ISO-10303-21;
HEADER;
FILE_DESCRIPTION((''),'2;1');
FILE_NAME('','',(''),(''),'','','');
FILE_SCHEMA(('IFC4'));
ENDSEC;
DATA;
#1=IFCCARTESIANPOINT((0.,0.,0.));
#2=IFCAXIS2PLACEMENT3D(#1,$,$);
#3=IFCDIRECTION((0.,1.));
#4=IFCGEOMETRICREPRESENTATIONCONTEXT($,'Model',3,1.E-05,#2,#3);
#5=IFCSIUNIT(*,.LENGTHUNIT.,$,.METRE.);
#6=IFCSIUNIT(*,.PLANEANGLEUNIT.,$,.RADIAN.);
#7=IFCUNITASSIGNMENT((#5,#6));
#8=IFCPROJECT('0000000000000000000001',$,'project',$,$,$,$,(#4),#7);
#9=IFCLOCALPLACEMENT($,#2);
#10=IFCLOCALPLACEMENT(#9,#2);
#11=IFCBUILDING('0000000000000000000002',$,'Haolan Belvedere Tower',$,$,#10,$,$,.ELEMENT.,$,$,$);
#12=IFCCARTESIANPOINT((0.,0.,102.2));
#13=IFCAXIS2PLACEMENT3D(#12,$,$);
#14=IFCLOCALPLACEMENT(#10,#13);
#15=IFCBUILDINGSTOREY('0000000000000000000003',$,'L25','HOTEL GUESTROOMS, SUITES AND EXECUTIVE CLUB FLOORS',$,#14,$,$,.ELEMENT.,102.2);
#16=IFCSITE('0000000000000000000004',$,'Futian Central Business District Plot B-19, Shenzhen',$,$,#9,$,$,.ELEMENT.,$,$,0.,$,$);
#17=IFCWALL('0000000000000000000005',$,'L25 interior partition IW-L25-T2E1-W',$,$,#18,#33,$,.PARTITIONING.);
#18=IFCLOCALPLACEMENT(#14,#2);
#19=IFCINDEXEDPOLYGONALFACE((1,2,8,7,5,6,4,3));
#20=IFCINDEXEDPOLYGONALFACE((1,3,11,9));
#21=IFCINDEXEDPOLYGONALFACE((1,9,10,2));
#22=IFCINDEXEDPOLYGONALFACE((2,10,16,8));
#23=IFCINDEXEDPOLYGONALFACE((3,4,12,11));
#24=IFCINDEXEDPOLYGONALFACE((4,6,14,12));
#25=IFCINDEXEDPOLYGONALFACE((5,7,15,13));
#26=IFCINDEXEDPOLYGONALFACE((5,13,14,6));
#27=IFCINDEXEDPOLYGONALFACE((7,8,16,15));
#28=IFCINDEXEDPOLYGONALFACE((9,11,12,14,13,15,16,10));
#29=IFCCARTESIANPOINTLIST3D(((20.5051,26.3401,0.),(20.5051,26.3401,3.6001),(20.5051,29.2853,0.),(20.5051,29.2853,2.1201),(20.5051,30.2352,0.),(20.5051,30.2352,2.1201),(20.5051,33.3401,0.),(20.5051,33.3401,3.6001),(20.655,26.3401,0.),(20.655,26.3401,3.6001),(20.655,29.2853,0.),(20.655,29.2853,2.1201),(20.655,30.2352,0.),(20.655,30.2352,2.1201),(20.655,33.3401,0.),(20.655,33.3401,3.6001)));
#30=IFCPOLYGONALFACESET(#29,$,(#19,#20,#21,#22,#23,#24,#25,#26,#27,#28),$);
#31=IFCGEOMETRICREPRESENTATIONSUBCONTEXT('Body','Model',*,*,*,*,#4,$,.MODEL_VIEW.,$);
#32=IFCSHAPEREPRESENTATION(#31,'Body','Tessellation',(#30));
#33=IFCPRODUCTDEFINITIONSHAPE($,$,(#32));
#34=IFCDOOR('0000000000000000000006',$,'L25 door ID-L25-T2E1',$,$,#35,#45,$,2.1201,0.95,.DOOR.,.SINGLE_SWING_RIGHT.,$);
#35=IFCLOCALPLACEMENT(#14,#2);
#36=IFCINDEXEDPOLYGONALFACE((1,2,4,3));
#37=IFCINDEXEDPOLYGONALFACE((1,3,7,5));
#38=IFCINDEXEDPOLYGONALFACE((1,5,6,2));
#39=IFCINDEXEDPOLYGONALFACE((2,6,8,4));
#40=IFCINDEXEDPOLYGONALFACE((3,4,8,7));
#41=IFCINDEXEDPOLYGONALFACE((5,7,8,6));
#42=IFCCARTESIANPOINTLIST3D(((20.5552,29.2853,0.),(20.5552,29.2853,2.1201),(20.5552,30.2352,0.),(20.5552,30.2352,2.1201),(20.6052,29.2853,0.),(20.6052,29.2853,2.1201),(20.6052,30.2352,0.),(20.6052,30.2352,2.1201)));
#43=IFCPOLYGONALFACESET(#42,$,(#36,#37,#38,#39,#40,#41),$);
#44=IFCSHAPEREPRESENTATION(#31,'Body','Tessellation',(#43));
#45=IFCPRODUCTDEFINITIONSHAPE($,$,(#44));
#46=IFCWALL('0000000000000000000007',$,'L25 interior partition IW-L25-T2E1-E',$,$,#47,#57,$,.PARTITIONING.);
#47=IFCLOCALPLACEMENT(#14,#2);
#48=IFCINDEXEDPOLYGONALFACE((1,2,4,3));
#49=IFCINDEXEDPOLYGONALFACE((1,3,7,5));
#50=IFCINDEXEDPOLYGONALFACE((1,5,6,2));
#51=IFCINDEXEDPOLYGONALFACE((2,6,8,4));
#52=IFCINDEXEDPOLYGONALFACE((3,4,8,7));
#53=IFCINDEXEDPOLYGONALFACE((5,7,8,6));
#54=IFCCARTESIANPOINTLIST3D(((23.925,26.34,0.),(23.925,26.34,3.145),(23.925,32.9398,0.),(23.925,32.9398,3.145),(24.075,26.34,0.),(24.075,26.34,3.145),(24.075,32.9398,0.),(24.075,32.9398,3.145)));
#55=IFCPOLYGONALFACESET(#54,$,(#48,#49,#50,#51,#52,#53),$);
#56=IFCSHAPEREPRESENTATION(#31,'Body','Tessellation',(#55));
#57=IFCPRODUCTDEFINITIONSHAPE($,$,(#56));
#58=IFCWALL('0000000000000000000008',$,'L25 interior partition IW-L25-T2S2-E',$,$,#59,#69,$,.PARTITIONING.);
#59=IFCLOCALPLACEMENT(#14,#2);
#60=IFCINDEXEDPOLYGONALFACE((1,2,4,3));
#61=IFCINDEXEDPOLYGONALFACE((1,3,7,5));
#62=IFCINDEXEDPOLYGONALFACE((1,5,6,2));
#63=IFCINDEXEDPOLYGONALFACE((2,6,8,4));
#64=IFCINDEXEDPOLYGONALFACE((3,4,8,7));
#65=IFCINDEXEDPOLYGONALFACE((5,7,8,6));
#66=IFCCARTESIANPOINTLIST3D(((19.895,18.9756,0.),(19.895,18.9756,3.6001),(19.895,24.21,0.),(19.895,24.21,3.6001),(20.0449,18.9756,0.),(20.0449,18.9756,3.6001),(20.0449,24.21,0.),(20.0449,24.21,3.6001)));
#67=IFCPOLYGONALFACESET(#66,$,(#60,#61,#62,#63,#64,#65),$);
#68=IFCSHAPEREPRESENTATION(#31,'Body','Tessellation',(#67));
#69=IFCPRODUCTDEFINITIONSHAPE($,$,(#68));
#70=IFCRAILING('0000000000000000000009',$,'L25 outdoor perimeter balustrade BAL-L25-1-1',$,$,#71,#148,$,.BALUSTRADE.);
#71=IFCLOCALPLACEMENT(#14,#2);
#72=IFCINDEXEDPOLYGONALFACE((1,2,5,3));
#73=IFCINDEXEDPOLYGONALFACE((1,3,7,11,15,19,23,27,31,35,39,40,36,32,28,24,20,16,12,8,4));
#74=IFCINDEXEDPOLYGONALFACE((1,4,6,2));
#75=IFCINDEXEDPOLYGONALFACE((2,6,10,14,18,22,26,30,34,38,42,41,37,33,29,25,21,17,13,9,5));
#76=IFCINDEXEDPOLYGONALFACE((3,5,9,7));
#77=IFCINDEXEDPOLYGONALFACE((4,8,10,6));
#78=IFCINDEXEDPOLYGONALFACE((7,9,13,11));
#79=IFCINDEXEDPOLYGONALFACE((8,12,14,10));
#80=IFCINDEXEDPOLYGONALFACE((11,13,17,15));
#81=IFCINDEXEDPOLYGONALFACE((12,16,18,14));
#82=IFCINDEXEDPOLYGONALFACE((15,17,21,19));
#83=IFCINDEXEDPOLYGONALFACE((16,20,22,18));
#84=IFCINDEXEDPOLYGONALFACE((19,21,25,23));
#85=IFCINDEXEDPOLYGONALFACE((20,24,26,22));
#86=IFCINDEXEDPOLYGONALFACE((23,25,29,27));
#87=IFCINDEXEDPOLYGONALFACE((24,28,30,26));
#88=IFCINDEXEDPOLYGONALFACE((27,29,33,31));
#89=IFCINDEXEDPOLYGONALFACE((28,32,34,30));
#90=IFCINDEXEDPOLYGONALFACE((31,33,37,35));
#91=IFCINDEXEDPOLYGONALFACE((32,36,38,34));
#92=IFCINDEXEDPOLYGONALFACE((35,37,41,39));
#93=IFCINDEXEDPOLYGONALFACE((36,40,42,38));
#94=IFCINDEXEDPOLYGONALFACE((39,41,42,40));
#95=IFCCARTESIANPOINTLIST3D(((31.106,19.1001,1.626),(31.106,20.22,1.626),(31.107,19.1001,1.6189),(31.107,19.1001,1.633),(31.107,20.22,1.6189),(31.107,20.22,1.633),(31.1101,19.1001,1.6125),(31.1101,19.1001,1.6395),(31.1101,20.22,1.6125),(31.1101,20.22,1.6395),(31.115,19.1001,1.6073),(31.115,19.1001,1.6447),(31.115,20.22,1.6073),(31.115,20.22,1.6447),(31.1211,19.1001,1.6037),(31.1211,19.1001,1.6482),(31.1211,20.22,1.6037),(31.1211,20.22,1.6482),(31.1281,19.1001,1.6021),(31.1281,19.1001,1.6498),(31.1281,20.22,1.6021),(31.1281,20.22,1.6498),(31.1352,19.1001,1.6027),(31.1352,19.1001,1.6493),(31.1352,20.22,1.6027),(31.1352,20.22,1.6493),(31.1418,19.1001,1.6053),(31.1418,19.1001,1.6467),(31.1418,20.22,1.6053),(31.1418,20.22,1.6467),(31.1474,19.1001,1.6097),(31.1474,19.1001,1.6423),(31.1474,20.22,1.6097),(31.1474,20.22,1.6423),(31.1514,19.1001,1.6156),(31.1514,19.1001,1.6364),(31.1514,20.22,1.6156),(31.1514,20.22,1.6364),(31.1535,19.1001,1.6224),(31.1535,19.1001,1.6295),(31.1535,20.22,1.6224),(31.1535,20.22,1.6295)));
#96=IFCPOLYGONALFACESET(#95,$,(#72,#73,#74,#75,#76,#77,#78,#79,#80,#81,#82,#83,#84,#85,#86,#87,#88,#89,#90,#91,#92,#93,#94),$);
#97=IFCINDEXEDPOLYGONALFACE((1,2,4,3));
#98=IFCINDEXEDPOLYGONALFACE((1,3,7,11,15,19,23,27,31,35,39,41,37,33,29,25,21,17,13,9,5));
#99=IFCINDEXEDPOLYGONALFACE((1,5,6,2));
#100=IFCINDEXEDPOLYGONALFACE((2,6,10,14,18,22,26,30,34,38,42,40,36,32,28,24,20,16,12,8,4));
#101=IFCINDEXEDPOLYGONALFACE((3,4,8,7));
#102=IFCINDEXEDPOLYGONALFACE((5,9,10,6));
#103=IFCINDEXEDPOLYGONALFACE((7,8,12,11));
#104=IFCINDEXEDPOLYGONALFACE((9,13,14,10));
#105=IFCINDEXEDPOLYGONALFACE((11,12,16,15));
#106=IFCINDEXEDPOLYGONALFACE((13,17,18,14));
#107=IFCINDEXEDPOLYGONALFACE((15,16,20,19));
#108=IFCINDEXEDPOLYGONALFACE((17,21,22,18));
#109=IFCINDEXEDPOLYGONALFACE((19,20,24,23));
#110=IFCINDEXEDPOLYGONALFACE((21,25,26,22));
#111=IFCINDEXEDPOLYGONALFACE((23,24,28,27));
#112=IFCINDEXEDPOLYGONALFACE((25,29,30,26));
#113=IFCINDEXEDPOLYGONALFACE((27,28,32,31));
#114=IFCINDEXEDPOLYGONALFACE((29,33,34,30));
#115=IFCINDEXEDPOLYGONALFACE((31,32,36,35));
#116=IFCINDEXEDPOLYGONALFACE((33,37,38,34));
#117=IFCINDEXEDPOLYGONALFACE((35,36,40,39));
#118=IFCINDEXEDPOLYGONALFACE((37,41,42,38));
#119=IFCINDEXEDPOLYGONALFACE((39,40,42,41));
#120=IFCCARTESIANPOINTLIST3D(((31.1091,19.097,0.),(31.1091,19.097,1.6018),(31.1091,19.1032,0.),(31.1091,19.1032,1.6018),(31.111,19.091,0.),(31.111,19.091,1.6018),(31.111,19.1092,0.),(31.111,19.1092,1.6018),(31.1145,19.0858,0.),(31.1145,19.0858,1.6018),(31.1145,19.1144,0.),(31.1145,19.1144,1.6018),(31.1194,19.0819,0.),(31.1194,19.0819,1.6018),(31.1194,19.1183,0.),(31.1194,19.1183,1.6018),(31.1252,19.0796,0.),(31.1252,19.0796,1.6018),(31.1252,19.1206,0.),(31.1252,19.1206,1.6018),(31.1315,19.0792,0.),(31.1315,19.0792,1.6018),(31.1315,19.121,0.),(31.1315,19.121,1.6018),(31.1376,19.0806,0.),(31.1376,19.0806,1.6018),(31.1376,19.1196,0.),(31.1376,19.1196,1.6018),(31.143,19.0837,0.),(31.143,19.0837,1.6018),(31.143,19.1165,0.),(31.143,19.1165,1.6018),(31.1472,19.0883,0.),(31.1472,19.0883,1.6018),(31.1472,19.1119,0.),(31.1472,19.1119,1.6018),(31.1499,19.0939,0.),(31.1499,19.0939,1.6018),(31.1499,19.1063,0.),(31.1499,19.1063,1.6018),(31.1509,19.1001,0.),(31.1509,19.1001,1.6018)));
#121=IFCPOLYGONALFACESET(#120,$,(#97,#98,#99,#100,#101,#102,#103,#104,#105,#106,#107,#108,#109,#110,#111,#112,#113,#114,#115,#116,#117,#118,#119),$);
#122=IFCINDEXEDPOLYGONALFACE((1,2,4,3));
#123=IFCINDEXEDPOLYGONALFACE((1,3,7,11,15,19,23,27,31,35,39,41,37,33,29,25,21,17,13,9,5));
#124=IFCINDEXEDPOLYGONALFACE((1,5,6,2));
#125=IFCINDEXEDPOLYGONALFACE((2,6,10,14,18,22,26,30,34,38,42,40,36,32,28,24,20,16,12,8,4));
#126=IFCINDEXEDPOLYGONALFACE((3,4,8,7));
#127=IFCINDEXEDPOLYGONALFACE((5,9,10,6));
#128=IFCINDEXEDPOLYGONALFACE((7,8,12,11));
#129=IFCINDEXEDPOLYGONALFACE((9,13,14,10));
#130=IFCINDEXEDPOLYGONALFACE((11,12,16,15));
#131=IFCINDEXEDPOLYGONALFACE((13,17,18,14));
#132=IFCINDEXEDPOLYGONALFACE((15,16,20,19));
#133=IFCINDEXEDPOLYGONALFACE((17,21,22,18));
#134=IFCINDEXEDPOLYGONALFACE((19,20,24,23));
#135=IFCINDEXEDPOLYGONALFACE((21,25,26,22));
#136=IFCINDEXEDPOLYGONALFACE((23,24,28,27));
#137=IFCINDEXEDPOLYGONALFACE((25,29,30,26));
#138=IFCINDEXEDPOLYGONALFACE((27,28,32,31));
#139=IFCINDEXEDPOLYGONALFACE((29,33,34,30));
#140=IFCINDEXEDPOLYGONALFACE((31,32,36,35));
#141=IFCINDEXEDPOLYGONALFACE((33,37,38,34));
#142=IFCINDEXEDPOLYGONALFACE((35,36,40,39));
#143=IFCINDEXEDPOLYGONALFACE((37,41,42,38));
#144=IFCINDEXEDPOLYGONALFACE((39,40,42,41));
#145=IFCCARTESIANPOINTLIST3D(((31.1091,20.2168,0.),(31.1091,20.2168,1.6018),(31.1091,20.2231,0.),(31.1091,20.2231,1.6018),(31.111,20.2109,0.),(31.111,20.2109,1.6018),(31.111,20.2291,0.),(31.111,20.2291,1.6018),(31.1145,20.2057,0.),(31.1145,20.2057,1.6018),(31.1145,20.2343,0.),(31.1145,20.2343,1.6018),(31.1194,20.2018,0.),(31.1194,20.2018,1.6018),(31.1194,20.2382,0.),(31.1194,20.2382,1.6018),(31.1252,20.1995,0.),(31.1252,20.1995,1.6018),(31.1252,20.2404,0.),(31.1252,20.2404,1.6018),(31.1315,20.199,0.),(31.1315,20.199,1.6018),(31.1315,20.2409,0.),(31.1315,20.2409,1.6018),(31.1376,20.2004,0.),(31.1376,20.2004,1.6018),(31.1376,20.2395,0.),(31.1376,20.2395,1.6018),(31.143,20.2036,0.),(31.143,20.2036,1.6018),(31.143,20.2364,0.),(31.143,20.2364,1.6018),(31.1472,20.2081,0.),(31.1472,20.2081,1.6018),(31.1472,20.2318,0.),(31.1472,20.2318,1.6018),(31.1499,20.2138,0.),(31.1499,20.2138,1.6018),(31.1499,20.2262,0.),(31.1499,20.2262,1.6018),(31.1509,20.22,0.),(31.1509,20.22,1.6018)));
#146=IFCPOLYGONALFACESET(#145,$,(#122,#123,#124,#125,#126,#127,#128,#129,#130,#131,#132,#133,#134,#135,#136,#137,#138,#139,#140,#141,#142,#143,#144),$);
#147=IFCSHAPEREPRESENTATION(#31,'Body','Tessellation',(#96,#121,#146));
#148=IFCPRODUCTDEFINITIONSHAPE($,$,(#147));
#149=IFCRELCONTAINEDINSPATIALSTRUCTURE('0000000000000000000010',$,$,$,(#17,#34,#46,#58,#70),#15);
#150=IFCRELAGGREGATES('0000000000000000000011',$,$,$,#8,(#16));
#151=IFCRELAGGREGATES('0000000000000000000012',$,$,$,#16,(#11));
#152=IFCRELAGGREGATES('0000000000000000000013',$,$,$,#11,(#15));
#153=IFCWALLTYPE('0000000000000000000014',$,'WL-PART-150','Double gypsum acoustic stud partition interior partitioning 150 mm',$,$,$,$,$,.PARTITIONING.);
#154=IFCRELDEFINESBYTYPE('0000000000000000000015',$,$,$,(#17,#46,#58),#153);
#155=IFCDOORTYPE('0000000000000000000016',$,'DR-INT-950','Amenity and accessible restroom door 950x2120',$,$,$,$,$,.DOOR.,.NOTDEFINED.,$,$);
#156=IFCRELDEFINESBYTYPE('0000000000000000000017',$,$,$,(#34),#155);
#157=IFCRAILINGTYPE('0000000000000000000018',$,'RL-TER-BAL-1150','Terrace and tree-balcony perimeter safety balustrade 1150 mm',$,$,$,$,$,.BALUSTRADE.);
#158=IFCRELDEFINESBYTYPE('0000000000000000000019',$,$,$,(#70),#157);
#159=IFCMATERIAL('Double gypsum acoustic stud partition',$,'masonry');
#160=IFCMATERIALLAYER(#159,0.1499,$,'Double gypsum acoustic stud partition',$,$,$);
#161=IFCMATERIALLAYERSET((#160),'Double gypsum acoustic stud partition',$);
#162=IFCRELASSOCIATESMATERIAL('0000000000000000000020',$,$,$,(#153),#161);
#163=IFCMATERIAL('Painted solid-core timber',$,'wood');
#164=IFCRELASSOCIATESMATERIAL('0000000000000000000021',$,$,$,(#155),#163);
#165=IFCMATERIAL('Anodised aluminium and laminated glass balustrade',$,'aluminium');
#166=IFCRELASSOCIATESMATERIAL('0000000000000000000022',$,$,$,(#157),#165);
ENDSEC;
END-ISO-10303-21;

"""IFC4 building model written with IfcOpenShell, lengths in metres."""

from ifc_helpers import new_model, si_unit, direction, frame, frame_2d, origin, origin_2d, place, context, subcontext, project, spatial, rectangle, circle, extrude, material, layer, layer_set, type_object, element, fill, save


model = new_model("IFC4")

# Units and contexts
model_context = context("Model", 3, precision=1e-05, world=origin(), true_north=direction((0.0, 1.0)))
body_context = subcontext(model_context, "Body", "Model", "MODEL_VIEW")
ifc_project = project(units=[si_unit("LENGTHUNIT", "METRE"), si_unit("PLANEANGLEUNIT", "RADIAN")], contexts=[model_context])

# Site, building, storey
site_placement = place(None, origin())
site = spatial("IfcSite", under=ifc_project, at=site_placement, Name="Futian Central Business District Plot B-19, Shenzhen", CompositionType="ELEMENT", RefElevation=0.0)
building_placement = place(site_placement, origin())
building = spatial("IfcBuilding", under=site, at=building_placement, Name="Haolan Belvedere Tower", CompositionType="ELEMENT")
storey_placement = place(building_placement, frame((0.0, 0.0, 102.2)))
storey = spatial("IfcBuildingStorey", under=building, at=storey_placement, Name="L25", Description="HOTEL GUESTROOMS, SUITES AND EXECUTIVE CLUB FLOORS", CompositionType="ELEMENT", Elevation=102.2)

# Shared definitions
ifc_material_1 = material(Name="Double gypsum acoustic stud partition", Category="masonry")
ifc_layer_1 = layer(ifc_material_1, 0.1499, Name="Double gypsum acoustic stud partition")
ifc_layer_set_1 = layer_set([ifc_layer_1], Name="Double gypsum acoustic stud partition")
wall_type_1 = type_object("IfcWallType", Name="WL-PART-150", Description="Double gypsum acoustic stud partition interior partitioning 150 mm", PredefinedType="PARTITIONING", material=ifc_layer_set_1)
ifc_material_2 = material(Name="Painted solid-core timber", Category="wood")
door_type_1 = type_object("IfcDoorType", Name="DR-INT-950", Description="Amenity and accessible restroom door 950x2120", OperationType="NOTDEFINED", PredefinedType="DOOR", material=ifc_material_2)

# Wall, opening, door
wall_1_placement = place(storey_placement, frame((20.5801, 26.3401, 0.0), z_axis=(0.0, 0.0, 1.0), x_axis=(0.0, 1.0, 0.0)))
wall_1 = element("IfcWall", 1, at=wall_1_placement, inside=storey, type_object=wall_type_1, Name="L25 interior partition IW-L25-T2E1-W", PredefinedType="PARTITIONING", context=body_context, shape_type="SweptSolid", body=[
    extrude(rectangle(XDim=7.0, YDim=0.1499, at=frame_2d((3.5, 0.0))), origin(), (0.0, 0.0, 1.0), 3.6001),
])
opening_1_placement = place(wall_1_placement, frame((2.9451, 0.0, 0.0)))
opening_1 = element("IfcOpeningElement", 2, at=opening_1_placement, cuts=wall_1, PredefinedType="OPENING", context=body_context, shape_type="SweptSolid", body=[
    extrude(rectangle(XDim=0.95, YDim=2.1201, at=frame_2d((0.4751, 1.0601))), frame((0.0, 0.085, 0.0), z_axis=(0.0, -1.0, 0.0), x_axis=(1.0, 0.0, 0.0)), (0.0, 0.0, 1.0), 0.1699),
])
door_1_placement = place(opening_1_placement, origin())
door_1 = element("IfcDoor", 3, at=door_1_placement, inside=storey, type_object=door_type_1, Name="L25 door ID-L25-T2E1", OperationType="SINGLE_SWING_RIGHT", OverallHeight=2.1201, OverallWidth=0.95, PredefinedType="DOOR", context=body_context, shape_type="SweptSolid", body=[
    extrude(rectangle(XDim=0.95, YDim=2.1201, at=frame_2d((0.4751, 1.0601))), frame((0.0, 0.0249, 0.0), z_axis=(0.0, -1.0, 0.0), x_axis=(1.0, 0.0, 0.0)), (0.0, 0.0, 1.0), 0.05),
])
fill(opening_1, door_1)

# Walls
wall_2_placement = place(storey_placement, frame((24.0, 26.3401, 0.0), z_axis=(0.0, 0.0, 1.0), x_axis=(0.0, 1.0, 0.0)))
element("IfcWall", 4, at=wall_2_placement, inside=storey, type_object=wall_type_1, Name="L25 interior partition IW-L25-T2E1-E", PredefinedType="PARTITIONING", context=body_context, shape_type="SweptSolid", body=[
    extrude(rectangle(XDim=6.5999, YDim=0.1499, at=frame_2d((3.2998, 0.0))), origin(), (0.0, 0.0, 1.0), 3.145),
])
wall_3_placement = place(storey_placement, frame((19.97, 18.9756, 0.0), z_axis=(0.0, 0.0, 1.0), x_axis=(0.0, 1.0, 0.0)))
element("IfcWall", 5, at=wall_3_placement, inside=storey, type_object=wall_type_1, Name="L25 interior partition IW-L25-T2S2-E", PredefinedType="PARTITIONING", context=body_context, shape_type="SweptSolid", body=[
    extrude(rectangle(XDim=5.2344, YDim=0.1499, at=frame_2d((2.6172, 0.0))), origin(), (0.0, 0.0, 1.0), 3.6001),
])

# Railing
ifc_material_3 = material(Name="Anodised aluminium and laminated glass balustrade", Category="aluminium")
railing_type = type_object("IfcRailingType", Name="RL-TER-BAL-1150", Description="Terrace and tree-balcony perimeter safety balustrade 1150 mm", PredefinedType="BALUSTRADE", material=ifc_material_3)
railing_placement = place(storey_placement, frame((31.1299, 19.1001, 0.0)))
element("IfcRailing", 6, at=railing_placement, inside=storey, type_object=railing_type, Name="L25 outdoor perimeter balustrade BAL-L25-1-1", PredefinedType="BALUSTRADE", context=body_context, shape_type="SweptSolid", body=[
    extrude(circle(Radius=0.0239, at=origin_2d()), frame((0.0, 0.0, 1.626), z_axis=(0.0, 1.0, 0.0), x_axis=(-1.0, 0.0, 0.0)), (0.0, 0.0, 1.0), 1.1199),
    extrude(circle(Radius=0.021, at=origin_2d()), origin(), (0.0, 0.0, 1.0), 1.6018),
    extrude(circle(Radius=0.021, at=origin_2d()), frame((0.0, 1.1199, 0.0)), (0.0, 0.0, 1.0), 1.6018),
])

save(model, "model.ifc")
